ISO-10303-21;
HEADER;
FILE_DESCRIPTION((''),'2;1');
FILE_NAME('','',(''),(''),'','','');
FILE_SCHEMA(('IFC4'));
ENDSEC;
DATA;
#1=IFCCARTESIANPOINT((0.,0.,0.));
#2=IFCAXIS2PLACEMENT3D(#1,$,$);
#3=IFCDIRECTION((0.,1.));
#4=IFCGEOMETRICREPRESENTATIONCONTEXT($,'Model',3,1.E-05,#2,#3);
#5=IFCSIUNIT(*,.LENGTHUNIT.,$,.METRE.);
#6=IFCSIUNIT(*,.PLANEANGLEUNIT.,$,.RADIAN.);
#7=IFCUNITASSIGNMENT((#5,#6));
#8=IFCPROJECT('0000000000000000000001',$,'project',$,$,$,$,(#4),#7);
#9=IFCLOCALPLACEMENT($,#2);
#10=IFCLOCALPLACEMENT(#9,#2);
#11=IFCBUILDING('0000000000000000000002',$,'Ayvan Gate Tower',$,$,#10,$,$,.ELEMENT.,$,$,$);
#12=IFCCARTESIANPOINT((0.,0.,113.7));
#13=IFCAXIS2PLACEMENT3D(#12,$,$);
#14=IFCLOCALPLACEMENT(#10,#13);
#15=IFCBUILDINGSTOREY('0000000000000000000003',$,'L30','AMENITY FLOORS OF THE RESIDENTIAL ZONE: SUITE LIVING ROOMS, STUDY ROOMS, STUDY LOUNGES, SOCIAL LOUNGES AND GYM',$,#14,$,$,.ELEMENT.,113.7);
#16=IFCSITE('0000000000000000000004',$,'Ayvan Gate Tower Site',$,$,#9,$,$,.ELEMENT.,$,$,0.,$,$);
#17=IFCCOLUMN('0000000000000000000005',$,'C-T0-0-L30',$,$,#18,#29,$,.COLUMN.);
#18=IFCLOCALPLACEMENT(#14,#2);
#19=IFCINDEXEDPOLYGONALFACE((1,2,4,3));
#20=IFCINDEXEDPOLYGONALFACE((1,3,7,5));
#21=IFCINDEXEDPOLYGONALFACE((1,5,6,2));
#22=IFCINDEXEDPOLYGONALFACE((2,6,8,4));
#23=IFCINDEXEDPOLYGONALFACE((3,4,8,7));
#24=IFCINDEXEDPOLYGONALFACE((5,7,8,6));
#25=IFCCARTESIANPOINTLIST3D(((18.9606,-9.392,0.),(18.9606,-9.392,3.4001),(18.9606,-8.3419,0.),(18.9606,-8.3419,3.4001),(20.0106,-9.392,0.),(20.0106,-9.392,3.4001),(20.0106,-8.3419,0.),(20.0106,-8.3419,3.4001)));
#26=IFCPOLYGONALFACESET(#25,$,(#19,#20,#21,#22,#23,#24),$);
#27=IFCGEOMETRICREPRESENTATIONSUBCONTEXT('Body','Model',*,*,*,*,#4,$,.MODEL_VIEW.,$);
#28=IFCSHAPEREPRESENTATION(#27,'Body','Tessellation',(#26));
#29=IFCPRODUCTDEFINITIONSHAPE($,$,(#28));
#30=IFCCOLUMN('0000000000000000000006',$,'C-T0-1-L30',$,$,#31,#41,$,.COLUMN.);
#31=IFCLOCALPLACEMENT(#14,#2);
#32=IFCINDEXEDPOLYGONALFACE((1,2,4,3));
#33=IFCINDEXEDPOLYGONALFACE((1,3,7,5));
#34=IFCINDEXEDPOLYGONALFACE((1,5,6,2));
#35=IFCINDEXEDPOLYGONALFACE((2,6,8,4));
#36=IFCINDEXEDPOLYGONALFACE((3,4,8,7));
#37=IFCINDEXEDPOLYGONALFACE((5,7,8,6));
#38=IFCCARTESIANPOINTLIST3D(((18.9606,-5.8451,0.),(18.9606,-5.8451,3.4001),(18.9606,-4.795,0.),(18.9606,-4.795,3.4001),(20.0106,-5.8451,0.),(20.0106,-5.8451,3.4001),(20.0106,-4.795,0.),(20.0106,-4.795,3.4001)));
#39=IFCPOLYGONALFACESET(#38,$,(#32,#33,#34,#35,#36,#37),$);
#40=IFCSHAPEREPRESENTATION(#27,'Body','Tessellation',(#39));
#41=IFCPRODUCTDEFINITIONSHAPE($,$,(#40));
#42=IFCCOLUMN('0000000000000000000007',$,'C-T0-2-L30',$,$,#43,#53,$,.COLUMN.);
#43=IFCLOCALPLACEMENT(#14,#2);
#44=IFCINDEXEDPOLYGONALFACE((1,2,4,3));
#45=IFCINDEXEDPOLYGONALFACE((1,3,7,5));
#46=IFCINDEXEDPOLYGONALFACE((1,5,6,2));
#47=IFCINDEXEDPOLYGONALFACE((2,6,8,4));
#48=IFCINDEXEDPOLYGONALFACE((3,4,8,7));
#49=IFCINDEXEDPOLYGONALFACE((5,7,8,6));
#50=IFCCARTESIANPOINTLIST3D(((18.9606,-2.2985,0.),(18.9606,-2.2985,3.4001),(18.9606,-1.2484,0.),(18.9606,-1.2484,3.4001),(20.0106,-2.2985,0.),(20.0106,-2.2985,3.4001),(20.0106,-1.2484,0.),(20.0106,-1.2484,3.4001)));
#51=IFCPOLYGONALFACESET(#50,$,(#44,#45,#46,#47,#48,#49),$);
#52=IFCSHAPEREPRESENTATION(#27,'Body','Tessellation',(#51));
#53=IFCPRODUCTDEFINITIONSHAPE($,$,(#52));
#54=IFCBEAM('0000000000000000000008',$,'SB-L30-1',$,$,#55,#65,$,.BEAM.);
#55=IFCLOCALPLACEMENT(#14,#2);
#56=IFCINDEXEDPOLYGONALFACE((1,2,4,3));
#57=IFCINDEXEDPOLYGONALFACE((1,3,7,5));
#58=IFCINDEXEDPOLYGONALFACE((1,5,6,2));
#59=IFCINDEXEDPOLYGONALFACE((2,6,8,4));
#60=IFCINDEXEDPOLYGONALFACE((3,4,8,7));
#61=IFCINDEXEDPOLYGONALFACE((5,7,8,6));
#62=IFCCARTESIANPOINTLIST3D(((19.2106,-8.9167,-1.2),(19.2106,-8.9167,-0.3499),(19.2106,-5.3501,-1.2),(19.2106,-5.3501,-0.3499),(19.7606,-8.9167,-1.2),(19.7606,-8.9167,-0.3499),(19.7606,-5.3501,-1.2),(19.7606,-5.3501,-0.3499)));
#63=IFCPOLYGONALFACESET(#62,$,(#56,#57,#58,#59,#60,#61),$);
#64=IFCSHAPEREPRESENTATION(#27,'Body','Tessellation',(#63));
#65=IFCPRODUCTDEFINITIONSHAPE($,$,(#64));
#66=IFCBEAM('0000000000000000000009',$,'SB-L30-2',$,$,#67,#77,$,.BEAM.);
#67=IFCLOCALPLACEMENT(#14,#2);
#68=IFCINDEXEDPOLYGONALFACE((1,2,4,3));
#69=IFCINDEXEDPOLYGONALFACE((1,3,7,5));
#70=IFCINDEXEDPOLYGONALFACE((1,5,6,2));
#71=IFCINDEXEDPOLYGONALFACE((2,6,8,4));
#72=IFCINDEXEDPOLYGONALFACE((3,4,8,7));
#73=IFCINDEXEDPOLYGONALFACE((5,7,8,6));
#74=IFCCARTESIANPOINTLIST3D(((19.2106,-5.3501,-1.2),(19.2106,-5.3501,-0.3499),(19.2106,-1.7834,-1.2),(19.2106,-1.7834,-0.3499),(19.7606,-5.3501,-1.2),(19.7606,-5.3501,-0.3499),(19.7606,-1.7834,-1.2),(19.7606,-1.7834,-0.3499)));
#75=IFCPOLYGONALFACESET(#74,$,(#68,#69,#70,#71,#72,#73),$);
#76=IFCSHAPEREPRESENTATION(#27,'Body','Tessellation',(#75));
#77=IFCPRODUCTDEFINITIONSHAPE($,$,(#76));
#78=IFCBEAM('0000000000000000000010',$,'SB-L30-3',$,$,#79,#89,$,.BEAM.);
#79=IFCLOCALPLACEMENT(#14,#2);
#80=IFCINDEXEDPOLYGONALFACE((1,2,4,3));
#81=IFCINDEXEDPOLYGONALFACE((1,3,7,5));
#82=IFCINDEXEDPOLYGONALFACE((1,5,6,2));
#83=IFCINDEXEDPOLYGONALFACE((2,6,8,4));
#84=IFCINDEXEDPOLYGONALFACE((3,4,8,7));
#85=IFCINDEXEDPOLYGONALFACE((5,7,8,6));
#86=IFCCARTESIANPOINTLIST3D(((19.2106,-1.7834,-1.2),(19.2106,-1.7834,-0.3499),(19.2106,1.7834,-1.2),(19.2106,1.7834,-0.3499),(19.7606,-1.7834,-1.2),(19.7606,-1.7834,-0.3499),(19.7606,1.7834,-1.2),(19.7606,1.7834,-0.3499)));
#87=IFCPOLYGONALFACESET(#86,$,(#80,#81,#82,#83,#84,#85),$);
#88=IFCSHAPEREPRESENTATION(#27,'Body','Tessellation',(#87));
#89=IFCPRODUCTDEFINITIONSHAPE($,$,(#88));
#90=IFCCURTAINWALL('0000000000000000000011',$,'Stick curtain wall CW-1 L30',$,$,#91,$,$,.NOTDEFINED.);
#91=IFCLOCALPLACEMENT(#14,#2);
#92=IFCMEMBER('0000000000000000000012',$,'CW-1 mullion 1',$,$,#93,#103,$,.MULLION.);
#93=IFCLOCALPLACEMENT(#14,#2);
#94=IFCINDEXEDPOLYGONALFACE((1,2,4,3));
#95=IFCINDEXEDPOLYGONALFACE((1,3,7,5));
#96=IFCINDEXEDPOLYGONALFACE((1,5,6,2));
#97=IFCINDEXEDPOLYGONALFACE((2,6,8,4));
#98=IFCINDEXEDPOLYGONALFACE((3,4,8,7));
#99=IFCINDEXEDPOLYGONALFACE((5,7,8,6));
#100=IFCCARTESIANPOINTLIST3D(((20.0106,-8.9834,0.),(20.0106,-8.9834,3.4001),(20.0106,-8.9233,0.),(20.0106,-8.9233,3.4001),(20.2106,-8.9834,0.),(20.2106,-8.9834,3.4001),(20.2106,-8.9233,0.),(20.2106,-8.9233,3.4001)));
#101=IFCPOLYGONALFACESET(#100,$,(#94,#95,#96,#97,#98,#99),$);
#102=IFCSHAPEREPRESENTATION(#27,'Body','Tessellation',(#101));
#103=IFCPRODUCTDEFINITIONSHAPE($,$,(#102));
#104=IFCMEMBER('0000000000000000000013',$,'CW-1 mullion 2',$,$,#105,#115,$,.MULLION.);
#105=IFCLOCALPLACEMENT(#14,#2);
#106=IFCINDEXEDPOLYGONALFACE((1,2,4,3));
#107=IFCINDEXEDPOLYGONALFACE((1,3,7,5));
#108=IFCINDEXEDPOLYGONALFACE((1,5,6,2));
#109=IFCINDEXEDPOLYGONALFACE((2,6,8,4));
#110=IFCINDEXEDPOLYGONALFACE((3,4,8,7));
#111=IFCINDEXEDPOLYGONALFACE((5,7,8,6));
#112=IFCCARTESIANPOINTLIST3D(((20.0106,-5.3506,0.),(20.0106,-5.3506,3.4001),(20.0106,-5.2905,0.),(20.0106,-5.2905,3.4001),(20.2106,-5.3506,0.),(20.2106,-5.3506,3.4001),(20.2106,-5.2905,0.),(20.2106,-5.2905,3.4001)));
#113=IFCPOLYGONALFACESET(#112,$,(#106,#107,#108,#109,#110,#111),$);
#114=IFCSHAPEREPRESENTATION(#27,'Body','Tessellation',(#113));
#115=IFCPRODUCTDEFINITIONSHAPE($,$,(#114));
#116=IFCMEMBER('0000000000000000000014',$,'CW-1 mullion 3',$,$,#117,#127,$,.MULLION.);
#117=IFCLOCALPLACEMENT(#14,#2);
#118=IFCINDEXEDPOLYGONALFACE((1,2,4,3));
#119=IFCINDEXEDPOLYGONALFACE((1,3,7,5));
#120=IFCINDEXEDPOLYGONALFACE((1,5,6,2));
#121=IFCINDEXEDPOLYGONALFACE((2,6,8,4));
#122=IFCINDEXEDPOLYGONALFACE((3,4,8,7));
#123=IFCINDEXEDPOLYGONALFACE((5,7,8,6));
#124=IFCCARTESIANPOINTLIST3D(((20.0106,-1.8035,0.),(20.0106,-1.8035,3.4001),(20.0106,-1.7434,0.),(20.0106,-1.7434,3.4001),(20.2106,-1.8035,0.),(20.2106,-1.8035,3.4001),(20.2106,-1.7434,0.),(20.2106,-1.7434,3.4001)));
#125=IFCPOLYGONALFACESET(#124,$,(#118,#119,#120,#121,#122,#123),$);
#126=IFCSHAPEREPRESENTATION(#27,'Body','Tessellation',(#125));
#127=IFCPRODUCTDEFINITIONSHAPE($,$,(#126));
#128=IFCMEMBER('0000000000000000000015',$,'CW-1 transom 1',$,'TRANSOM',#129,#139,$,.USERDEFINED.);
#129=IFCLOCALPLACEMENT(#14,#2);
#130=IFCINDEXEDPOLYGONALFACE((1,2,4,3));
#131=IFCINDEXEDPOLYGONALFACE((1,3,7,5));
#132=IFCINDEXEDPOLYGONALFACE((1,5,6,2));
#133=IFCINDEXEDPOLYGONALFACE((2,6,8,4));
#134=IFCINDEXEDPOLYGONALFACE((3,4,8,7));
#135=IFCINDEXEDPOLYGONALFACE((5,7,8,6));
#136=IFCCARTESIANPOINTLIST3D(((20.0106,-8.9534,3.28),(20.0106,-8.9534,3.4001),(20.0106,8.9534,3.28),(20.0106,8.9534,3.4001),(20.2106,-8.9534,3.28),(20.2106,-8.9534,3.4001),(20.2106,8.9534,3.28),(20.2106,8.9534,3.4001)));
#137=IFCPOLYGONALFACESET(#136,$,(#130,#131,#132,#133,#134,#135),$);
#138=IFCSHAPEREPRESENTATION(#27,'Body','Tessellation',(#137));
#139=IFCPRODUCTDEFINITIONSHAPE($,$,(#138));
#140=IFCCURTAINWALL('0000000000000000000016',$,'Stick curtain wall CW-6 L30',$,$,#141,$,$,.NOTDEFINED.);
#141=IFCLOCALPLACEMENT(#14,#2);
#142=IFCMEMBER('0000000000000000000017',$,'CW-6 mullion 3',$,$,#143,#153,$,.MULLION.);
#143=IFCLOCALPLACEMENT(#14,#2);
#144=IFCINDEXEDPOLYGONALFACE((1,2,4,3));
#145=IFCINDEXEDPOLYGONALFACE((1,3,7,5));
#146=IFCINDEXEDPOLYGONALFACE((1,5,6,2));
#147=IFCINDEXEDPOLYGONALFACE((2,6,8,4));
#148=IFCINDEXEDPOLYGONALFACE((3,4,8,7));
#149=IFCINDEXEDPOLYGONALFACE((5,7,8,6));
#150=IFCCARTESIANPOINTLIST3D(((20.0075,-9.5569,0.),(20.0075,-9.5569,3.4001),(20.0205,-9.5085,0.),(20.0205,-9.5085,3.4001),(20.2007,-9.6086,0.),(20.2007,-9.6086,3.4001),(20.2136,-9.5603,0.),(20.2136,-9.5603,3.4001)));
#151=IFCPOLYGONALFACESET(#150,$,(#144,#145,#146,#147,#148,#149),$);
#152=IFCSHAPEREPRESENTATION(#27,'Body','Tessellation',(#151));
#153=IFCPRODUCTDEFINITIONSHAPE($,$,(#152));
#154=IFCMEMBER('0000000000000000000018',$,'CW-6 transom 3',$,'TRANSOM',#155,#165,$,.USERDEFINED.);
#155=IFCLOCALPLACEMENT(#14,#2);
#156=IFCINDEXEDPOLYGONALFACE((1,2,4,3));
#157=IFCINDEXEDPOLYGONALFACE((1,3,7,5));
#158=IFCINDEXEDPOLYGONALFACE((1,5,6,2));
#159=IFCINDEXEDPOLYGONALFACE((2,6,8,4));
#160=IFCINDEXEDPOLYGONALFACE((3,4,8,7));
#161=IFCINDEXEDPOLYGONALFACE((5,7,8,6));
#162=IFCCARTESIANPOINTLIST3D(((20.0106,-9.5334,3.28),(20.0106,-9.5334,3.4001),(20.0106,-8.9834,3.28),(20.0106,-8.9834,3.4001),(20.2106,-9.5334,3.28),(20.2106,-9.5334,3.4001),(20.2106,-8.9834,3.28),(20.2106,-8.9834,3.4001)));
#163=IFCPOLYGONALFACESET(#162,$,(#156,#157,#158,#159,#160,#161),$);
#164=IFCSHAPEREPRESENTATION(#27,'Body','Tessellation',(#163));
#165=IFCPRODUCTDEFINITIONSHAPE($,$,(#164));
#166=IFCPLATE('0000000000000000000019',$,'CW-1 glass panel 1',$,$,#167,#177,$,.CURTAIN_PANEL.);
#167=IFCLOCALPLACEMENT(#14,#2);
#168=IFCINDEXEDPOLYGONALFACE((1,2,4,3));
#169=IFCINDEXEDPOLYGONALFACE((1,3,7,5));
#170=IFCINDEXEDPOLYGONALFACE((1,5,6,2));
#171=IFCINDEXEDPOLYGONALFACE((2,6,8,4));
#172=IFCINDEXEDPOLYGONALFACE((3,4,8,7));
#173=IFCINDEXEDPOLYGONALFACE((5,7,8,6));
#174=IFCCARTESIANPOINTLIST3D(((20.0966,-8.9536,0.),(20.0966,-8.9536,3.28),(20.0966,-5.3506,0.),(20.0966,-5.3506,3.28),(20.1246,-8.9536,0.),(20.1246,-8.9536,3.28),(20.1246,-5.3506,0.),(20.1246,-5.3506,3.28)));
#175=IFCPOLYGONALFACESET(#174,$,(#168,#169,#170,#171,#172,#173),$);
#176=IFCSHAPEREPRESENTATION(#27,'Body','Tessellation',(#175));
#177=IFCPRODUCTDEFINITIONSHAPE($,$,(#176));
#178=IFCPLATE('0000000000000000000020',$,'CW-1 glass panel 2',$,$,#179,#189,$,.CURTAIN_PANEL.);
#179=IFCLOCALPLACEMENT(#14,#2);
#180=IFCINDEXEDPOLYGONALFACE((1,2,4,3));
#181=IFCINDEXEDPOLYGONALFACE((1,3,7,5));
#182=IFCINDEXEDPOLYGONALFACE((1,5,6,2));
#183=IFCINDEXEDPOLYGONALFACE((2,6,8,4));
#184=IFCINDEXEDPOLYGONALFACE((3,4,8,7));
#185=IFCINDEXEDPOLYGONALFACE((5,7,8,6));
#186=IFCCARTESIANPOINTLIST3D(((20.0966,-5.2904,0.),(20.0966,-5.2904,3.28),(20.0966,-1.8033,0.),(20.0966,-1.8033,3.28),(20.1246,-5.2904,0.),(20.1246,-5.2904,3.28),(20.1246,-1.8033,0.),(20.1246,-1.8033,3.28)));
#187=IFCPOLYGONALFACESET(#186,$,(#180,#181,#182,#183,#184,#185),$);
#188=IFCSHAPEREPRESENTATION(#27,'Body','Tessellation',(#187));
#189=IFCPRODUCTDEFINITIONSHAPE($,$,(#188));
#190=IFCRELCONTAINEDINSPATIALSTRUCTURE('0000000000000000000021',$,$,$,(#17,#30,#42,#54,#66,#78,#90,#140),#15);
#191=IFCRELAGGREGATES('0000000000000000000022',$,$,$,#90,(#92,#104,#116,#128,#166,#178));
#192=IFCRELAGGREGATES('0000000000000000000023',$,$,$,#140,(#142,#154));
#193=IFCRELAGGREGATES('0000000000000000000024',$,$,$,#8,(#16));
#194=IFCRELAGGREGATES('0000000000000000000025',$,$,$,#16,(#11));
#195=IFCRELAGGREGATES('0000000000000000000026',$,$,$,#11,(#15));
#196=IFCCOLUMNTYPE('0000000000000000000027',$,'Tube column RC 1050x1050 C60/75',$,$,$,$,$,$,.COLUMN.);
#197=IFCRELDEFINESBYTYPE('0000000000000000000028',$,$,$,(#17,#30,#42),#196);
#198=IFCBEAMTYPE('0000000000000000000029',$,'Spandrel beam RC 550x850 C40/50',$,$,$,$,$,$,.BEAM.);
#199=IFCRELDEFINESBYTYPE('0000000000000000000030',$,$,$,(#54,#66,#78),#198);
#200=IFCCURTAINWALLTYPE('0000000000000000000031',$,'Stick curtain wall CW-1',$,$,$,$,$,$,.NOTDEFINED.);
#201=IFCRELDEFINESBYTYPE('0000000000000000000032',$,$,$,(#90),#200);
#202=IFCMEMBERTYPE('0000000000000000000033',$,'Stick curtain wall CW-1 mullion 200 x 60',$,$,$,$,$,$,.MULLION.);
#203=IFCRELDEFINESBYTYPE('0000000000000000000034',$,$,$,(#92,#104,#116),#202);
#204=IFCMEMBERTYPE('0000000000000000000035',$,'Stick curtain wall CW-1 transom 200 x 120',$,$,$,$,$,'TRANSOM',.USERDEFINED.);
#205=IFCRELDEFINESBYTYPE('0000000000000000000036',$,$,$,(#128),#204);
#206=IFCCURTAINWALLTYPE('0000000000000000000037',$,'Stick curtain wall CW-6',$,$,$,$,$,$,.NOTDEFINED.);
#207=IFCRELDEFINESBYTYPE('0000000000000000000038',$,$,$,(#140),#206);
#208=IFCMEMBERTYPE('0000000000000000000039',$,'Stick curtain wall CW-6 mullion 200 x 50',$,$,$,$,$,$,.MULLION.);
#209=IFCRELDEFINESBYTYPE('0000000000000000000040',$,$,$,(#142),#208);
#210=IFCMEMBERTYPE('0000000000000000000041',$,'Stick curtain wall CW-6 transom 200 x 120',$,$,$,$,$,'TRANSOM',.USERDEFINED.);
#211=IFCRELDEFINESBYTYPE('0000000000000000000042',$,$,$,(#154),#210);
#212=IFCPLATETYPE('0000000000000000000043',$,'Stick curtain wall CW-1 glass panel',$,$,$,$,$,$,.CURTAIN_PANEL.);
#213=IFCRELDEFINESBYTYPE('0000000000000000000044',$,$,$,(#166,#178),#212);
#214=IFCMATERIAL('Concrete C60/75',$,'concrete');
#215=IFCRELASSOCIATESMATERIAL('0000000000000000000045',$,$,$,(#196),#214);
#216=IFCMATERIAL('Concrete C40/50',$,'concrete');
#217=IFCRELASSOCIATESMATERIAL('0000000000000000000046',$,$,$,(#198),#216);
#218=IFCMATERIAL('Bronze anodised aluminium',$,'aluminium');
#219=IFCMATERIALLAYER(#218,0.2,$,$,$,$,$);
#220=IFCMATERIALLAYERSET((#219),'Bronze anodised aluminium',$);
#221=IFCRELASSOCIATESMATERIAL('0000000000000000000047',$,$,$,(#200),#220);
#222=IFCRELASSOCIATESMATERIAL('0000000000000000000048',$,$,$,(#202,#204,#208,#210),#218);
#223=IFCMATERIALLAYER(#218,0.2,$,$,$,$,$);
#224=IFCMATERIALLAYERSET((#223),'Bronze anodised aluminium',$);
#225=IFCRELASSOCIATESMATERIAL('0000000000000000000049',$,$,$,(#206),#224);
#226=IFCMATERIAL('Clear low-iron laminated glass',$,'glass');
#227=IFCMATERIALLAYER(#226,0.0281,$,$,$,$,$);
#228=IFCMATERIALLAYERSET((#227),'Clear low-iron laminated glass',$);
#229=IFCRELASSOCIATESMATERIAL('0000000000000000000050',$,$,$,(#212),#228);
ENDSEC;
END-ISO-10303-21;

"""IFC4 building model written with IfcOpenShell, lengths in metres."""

from ifc_helpers import new_model, si_unit, direction, frame, origin, origin_2d, place, context, subcontext, project, spatial, rectangle, extrude, material, layer, layer_set, material_profile, profile_set, type_object, element, aggregate, save


model = new_model("IFC4")

# Units and contexts
model_context = context("Model", 3, precision=1e-05, world=origin(), true_north=direction((0.0, 1.0)))
body_context = subcontext(model_context, "Body", "Model", "MODEL_VIEW")
ifc_project = project(units=[si_unit("LENGTHUNIT", "METRE"), si_unit("PLANEANGLEUNIT", "RADIAN")], contexts=[model_context])

# Site, building, storey
site_placement = place(None, origin())
site = spatial("IfcSite", under=ifc_project, at=site_placement, Name="Ayvan Gate Tower Site", CompositionType="ELEMENT", RefElevation=0.0)
building_placement = place(site_placement, origin())
building = spatial("IfcBuilding", under=site, at=building_placement, Name="Ayvan Gate Tower", CompositionType="ELEMENT")
storey_placement = place(building_placement, frame((0.0, 0.0, 113.7)))
storey = spatial("IfcBuildingStorey", under=building, at=storey_placement, Name="L30", Description="AMENITY FLOORS OF THE RESIDENTIAL ZONE: SUITE LIVING ROOMS, STUDY ROOMS, STUDY LOUNGES, SOCIAL LOUNGES AND GYM", CompositionType="ELEMENT", Elevation=113.7)

# Columns
ifc_material_1 = material(Name="Concrete C60/75", Category="concrete")
ifc_material_profile_1 = material_profile(ifc_material_1, rectangle(XDim=1.05, YDim=1.05, at=origin_2d()), Name="RC 1050x1050")
ifc_profile_set_1 = profile_set([ifc_material_profile_1], Name="Concrete C60/75")
column_type = type_object("IfcColumnType", Name="Tube column RC 1050x1050 C60/75", PredefinedType="COLUMN", material=ifc_profile_set_1)
for number, where, z_axis, x_axis, name in (
    (1, (19.4856, -8.8669, 0.0), (0.0, 0.0, 1.0), (1.0, 0.0, 0.0), "C-T0-0-L30"),
    (2, (19.4856, -5.3201, 0.0), (0.0, 0.0, 1.0), (1.0, 0.0, 0.0), "C-T0-1-L30"),
    (3, (19.4856, -1.7734, 0.0), (0.0, 0.0, 1.0), (1.0, 0.0, 0.0), "C-T0-2-L30"),
):
    element("IfcColumn", number, at=place(storey_placement, frame(where, z_axis=z_axis, x_axis=x_axis)), inside=storey, type_object=column_type, Name=name, PredefinedType="COLUMN", context=body_context, shape_type="SweptSolid", body=[
        extrude(rectangle(XDim=1.05, YDim=1.05, at=origin_2d()), origin(), (0.0, 0.0, 1.0), 3.4001),
    ])

# Beams
ifc_material_2 = material(Name="Concrete C40/50", Category="concrete")
ifc_material_profile_2 = material_profile(ifc_material_2, rectangle(XDim=0.55, YDim=0.8501, at=origin_2d()), Name="RC 550x850")
ifc_profile_set_2 = profile_set([ifc_material_profile_2], Name="Concrete C40/50")
beam_type = type_object("IfcBeamType", Name="Spandrel beam RC 550x850 C40/50", PredefinedType="BEAM", material=ifc_profile_set_2)
for number, where, z_axis, x_axis, name in (
    (4, (19.4856, -8.9167, -0.7749), (0.0, 1.0, 0.0), (-1.0, 0.0, 0.0), "SB-L30-1"),
    (5, (19.4856, -5.3501, -0.7749), (0.0, 1.0, 0.0), (-1.0, 0.0, 0.0), "SB-L30-2"),
):
    element("IfcBeam", number, at=place(storey_placement, frame(where, z_axis=z_axis, x_axis=x_axis)), inside=storey, type_object=beam_type, Name=name, PredefinedType="BEAM", context=body_context, shape_type="SweptSolid", body=[
        extrude(rectangle(XDim=0.55, YDim=0.8501, at=origin_2d()), origin(), (0.0, 0.0, 1.0), 3.5667),
    ])
beam_placement = place(storey_placement, frame((19.4856, -1.7834, -0.7749), z_axis=(0.0, 1.0, 0.0), x_axis=(-1.0, 0.0, 0.0)))
element("IfcBeam", 6, at=beam_placement, inside=storey, type_object=beam_type, Name="SB-L30-3", PredefinedType="BEAM", context=body_context, shape_type="SweptSolid", body=[
    extrude(rectangle(XDim=0.55, YDim=0.8501, at=origin_2d()), origin(), (0.0, 0.0, 1.0), 3.5669),
])

# Curtain walls, members
ifc_material_3 = material(Name="Bronze anodised aluminium", Category="aluminium")
ifc_layer_1 = layer(ifc_material_3, 0.2)
ifc_layer_set_1 = layer_set([ifc_layer_1], Name="Bronze anodised aluminium")
curtain_wall_type_1 = type_object("IfcCurtainWallType", Name="Stick curtain wall CW-1", PredefinedType="NOTDEFINED", material=ifc_layer_set_1)
curtain_wall_1_placement = place(storey_placement, origin())
curtain_wall_1 = element("IfcCurtainWall", 7, at=curtain_wall_1_placement, inside=storey, type_object=curtain_wall_type_1, Name="Stick curtain wall CW-1 L30", PredefinedType="NOTDEFINED")
ifc_material_profile_3 = material_profile(ifc_material_3, rectangle(XDim=0.2, YDim=0.0601, at=origin_2d()), Name="Stick curtain wall CW-1 mullion 200 x 60")
ifc_profile_set_3 = profile_set([ifc_material_profile_3], Name="Bronze anodised aluminium")
member_type_1 = type_object("IfcMemberType", Name="Stick curtain wall CW-1 mullion 200 x 60", PredefinedType="MULLION", material=ifc_profile_set_3)
member_1_placement = place(storey_placement, frame((20.1106, -8.9534, 0.0), z_axis=(0.0, 0.0, 1.0), x_axis=(1.0, 0.0, 0.0)))
member_1 = element("IfcMember", 8, at=member_1_placement, type_object=member_type_1, Name="CW-1 mullion 1", PredefinedType="MULLION", context=body_context, shape_type="SweptSolid", body=[
    extrude(rectangle(XDim=0.2, YDim=0.0601, at=origin_2d()), origin(), (0.0, 0.0, 1.0), 3.4001),
])
member_2_placement = place(storey_placement, frame((20.1106, -5.3206, 0.0), z_axis=(0.0, 0.0, 1.0), x_axis=(1.0, 0.0, 0.0)))
member_2 = element("IfcMember", 9, at=member_2_placement, type_object=member_type_1, Name="CW-1 mullion 2", PredefinedType="MULLION", context=body_context, shape_type="SweptSolid", body=[
    extrude(rectangle(XDim=0.2, YDim=0.0601, at=origin_2d()), origin(), (0.0, 0.0, 1.0), 3.4001),
])
member_3_placement = place(storey_placement, frame((20.1106, -1.7734, 0.0), z_axis=(0.0, 0.0, 1.0), x_axis=(1.0, 0.0, 0.0)))
member_3 = element("IfcMember", 10, at=member_3_placement, type_object=member_type_1, Name="CW-1 mullion 3", PredefinedType="MULLION", context=body_context, shape_type="SweptSolid", body=[
    extrude(rectangle(XDim=0.2, YDim=0.0601, at=origin_2d()), origin(), (0.0, 0.0, 1.0), 3.4001),
])
ifc_material_profile_4 = material_profile(ifc_material_3, rectangle(XDim=0.2, YDim=0.1201, at=origin_2d()), Name="Stick curtain wall CW-1 transom 200 x 120")
ifc_profile_set_4 = profile_set([ifc_material_profile_4], Name="Bronze anodised aluminium")
member_type_2 = type_object("IfcMemberType", Name="Stick curtain wall CW-1 transom 200 x 120", ElementType="TRANSOM", PredefinedType="USERDEFINED", material=ifc_profile_set_4)
member_4_placement = place(storey_placement, frame((20.1106, -8.9534, 3.3401), z_axis=(0.0, 1.0, 0.0), x_axis=(-1.0, 0.0, 0.0)))
member_4 = element("IfcMember", 11, at=member_4_placement, type_object=member_type_2, Name="CW-1 transom 1", ObjectType="TRANSOM", PredefinedType="USERDEFINED", context=body_context, shape_type="SweptSolid", body=[
    extrude(rectangle(XDim=0.2, YDim=0.1201, at=origin_2d()), origin(), (0.0, 0.0, 1.0), 17.9067),
])
ifc_layer_2 = layer(ifc_material_3, 0.2)
ifc_layer_set_2 = layer_set([ifc_layer_2], Name="Bronze anodised aluminium")
curtain_wall_type_2 = type_object("IfcCurtainWallType", Name="Stick curtain wall CW-6", PredefinedType="NOTDEFINED", material=ifc_layer_set_2)
curtain_wall_2_placement = place(storey_placement, origin())
curtain_wall_2 = element("IfcCurtainWall", 12, at=curtain_wall_2_placement, inside=storey, type_object=curtain_wall_type_2, Name="Stick curtain wall CW-6 L30", PredefinedType="NOTDEFINED")
ifc_material_profile_5 = material_profile(ifc_material_3, rectangle(XDim=0.2, YDim=0.05, at=origin_2d()), Name="Stick curtain wall CW-6 mullion 200 x 50")
ifc_profile_set_5 = profile_set([ifc_material_profile_5], Name="Bronze anodised aluminium")
member_type_3 = type_object("IfcMemberType", Name="Stick curtain wall CW-6 mullion 200 x 50", PredefinedType="MULLION", material=ifc_profile_set_5)
member_5_placement = place(storey_placement, frame((20.1106, -9.5586, 0.0), z_axis=(0.0, 0.0, 1.0), x_axis=(0.965926, -0.258819, 0.0)))
member_5 = element("IfcMember", 13, at=member_5_placement, type_object=member_type_3, Name="CW-6 mullion 3", PredefinedType="MULLION", context=body_context, shape_type="SweptSolid", body=[
    extrude(rectangle(XDim=0.2, YDim=0.05, at=origin_2d()), origin(), (0.0, 0.0, 1.0), 3.4001),
])
ifc_material_profile_6 = material_profile(ifc_material_3, rectangle(XDim=0.2, YDim=0.1201, at=origin_2d()), Name="Stick curtain wall CW-6 transom 200 x 120")
ifc_profile_set_6 = profile_set([ifc_material_profile_6], Name="Bronze anodised aluminium")
member_type_4 = type_object("IfcMemberType", Name="Stick curtain wall CW-6 transom 200 x 120", ElementType="TRANSOM", PredefinedType="USERDEFINED", material=ifc_profile_set_6)
member_6_placement = place(storey_placement, frame((20.1106, -9.5334, 3.3401), z_axis=(0.0, 1.0, 0.0), x_axis=(-1.0, 0.0, 0.0)))
member_6 = element("IfcMember", 14, at=member_6_placement, type_object=member_type_4, Name="CW-6 transom 3", ObjectType="TRANSOM", PredefinedType="USERDEFINED", context=body_context, shape_type="SweptSolid", body=[
    extrude(rectangle(XDim=0.2, YDim=0.1201, at=origin_2d()), origin(), (0.0, 0.0, 1.0), 0.55),
])

# Plates
ifc_material_4 = material(Name="Clear low-iron laminated glass", Category="glass")
ifc_layer_3 = layer(ifc_material_4, 0.0281)
ifc_layer_set_3 = layer_set([ifc_layer_3], Name="Clear low-iron laminated glass")
plate_type_1 = type_object("IfcPlateType", Name="Stick curtain wall CW-1 glass panel", PredefinedType="CURTAIN_PANEL", material=ifc_layer_set_3)
plate_1_placement = place(storey_placement, frame((20.1106, -7.1521, 0.0), z_axis=(0.0, 0.0, 1.0), x_axis=(0.0, 1.0, 0.0)))
plate_1 = element("IfcPlate", 15, at=plate_1_placement, type_object=plate_type_1, Name="CW-1 glass panel 1", PredefinedType="CURTAIN_PANEL", context=body_context, shape_type="SweptSolid", body=[
    extrude(rectangle(XDim=3.603, YDim=0.0281, at=origin_2d()), origin(), (0.0, 0.0, 1.0), 3.28),
])
plate_2_placement = place(storey_placement, frame((20.1106, -3.5469, 0.0), z_axis=(0.0, 0.0, 1.0), x_axis=(0.0, 1.0, 0.0)))
plate_2 = element("IfcPlate", 16, at=plate_2_placement, type_object=plate_type_1, Name="CW-1 glass panel 2", PredefinedType="CURTAIN_PANEL", context=body_context, shape_type="SweptSolid", body=[
    extrude(rectangle(XDim=3.4871, YDim=0.0281, at=origin_2d()), origin(), (0.0, 0.0, 1.0), 3.28),
])
aggregate(curtain_wall_1, [member_1, member_2, member_3, member_4, plate_1, plate_2])
aggregate(curtain_wall_2, [member_5, member_6])

save(model, "model.ifc")
